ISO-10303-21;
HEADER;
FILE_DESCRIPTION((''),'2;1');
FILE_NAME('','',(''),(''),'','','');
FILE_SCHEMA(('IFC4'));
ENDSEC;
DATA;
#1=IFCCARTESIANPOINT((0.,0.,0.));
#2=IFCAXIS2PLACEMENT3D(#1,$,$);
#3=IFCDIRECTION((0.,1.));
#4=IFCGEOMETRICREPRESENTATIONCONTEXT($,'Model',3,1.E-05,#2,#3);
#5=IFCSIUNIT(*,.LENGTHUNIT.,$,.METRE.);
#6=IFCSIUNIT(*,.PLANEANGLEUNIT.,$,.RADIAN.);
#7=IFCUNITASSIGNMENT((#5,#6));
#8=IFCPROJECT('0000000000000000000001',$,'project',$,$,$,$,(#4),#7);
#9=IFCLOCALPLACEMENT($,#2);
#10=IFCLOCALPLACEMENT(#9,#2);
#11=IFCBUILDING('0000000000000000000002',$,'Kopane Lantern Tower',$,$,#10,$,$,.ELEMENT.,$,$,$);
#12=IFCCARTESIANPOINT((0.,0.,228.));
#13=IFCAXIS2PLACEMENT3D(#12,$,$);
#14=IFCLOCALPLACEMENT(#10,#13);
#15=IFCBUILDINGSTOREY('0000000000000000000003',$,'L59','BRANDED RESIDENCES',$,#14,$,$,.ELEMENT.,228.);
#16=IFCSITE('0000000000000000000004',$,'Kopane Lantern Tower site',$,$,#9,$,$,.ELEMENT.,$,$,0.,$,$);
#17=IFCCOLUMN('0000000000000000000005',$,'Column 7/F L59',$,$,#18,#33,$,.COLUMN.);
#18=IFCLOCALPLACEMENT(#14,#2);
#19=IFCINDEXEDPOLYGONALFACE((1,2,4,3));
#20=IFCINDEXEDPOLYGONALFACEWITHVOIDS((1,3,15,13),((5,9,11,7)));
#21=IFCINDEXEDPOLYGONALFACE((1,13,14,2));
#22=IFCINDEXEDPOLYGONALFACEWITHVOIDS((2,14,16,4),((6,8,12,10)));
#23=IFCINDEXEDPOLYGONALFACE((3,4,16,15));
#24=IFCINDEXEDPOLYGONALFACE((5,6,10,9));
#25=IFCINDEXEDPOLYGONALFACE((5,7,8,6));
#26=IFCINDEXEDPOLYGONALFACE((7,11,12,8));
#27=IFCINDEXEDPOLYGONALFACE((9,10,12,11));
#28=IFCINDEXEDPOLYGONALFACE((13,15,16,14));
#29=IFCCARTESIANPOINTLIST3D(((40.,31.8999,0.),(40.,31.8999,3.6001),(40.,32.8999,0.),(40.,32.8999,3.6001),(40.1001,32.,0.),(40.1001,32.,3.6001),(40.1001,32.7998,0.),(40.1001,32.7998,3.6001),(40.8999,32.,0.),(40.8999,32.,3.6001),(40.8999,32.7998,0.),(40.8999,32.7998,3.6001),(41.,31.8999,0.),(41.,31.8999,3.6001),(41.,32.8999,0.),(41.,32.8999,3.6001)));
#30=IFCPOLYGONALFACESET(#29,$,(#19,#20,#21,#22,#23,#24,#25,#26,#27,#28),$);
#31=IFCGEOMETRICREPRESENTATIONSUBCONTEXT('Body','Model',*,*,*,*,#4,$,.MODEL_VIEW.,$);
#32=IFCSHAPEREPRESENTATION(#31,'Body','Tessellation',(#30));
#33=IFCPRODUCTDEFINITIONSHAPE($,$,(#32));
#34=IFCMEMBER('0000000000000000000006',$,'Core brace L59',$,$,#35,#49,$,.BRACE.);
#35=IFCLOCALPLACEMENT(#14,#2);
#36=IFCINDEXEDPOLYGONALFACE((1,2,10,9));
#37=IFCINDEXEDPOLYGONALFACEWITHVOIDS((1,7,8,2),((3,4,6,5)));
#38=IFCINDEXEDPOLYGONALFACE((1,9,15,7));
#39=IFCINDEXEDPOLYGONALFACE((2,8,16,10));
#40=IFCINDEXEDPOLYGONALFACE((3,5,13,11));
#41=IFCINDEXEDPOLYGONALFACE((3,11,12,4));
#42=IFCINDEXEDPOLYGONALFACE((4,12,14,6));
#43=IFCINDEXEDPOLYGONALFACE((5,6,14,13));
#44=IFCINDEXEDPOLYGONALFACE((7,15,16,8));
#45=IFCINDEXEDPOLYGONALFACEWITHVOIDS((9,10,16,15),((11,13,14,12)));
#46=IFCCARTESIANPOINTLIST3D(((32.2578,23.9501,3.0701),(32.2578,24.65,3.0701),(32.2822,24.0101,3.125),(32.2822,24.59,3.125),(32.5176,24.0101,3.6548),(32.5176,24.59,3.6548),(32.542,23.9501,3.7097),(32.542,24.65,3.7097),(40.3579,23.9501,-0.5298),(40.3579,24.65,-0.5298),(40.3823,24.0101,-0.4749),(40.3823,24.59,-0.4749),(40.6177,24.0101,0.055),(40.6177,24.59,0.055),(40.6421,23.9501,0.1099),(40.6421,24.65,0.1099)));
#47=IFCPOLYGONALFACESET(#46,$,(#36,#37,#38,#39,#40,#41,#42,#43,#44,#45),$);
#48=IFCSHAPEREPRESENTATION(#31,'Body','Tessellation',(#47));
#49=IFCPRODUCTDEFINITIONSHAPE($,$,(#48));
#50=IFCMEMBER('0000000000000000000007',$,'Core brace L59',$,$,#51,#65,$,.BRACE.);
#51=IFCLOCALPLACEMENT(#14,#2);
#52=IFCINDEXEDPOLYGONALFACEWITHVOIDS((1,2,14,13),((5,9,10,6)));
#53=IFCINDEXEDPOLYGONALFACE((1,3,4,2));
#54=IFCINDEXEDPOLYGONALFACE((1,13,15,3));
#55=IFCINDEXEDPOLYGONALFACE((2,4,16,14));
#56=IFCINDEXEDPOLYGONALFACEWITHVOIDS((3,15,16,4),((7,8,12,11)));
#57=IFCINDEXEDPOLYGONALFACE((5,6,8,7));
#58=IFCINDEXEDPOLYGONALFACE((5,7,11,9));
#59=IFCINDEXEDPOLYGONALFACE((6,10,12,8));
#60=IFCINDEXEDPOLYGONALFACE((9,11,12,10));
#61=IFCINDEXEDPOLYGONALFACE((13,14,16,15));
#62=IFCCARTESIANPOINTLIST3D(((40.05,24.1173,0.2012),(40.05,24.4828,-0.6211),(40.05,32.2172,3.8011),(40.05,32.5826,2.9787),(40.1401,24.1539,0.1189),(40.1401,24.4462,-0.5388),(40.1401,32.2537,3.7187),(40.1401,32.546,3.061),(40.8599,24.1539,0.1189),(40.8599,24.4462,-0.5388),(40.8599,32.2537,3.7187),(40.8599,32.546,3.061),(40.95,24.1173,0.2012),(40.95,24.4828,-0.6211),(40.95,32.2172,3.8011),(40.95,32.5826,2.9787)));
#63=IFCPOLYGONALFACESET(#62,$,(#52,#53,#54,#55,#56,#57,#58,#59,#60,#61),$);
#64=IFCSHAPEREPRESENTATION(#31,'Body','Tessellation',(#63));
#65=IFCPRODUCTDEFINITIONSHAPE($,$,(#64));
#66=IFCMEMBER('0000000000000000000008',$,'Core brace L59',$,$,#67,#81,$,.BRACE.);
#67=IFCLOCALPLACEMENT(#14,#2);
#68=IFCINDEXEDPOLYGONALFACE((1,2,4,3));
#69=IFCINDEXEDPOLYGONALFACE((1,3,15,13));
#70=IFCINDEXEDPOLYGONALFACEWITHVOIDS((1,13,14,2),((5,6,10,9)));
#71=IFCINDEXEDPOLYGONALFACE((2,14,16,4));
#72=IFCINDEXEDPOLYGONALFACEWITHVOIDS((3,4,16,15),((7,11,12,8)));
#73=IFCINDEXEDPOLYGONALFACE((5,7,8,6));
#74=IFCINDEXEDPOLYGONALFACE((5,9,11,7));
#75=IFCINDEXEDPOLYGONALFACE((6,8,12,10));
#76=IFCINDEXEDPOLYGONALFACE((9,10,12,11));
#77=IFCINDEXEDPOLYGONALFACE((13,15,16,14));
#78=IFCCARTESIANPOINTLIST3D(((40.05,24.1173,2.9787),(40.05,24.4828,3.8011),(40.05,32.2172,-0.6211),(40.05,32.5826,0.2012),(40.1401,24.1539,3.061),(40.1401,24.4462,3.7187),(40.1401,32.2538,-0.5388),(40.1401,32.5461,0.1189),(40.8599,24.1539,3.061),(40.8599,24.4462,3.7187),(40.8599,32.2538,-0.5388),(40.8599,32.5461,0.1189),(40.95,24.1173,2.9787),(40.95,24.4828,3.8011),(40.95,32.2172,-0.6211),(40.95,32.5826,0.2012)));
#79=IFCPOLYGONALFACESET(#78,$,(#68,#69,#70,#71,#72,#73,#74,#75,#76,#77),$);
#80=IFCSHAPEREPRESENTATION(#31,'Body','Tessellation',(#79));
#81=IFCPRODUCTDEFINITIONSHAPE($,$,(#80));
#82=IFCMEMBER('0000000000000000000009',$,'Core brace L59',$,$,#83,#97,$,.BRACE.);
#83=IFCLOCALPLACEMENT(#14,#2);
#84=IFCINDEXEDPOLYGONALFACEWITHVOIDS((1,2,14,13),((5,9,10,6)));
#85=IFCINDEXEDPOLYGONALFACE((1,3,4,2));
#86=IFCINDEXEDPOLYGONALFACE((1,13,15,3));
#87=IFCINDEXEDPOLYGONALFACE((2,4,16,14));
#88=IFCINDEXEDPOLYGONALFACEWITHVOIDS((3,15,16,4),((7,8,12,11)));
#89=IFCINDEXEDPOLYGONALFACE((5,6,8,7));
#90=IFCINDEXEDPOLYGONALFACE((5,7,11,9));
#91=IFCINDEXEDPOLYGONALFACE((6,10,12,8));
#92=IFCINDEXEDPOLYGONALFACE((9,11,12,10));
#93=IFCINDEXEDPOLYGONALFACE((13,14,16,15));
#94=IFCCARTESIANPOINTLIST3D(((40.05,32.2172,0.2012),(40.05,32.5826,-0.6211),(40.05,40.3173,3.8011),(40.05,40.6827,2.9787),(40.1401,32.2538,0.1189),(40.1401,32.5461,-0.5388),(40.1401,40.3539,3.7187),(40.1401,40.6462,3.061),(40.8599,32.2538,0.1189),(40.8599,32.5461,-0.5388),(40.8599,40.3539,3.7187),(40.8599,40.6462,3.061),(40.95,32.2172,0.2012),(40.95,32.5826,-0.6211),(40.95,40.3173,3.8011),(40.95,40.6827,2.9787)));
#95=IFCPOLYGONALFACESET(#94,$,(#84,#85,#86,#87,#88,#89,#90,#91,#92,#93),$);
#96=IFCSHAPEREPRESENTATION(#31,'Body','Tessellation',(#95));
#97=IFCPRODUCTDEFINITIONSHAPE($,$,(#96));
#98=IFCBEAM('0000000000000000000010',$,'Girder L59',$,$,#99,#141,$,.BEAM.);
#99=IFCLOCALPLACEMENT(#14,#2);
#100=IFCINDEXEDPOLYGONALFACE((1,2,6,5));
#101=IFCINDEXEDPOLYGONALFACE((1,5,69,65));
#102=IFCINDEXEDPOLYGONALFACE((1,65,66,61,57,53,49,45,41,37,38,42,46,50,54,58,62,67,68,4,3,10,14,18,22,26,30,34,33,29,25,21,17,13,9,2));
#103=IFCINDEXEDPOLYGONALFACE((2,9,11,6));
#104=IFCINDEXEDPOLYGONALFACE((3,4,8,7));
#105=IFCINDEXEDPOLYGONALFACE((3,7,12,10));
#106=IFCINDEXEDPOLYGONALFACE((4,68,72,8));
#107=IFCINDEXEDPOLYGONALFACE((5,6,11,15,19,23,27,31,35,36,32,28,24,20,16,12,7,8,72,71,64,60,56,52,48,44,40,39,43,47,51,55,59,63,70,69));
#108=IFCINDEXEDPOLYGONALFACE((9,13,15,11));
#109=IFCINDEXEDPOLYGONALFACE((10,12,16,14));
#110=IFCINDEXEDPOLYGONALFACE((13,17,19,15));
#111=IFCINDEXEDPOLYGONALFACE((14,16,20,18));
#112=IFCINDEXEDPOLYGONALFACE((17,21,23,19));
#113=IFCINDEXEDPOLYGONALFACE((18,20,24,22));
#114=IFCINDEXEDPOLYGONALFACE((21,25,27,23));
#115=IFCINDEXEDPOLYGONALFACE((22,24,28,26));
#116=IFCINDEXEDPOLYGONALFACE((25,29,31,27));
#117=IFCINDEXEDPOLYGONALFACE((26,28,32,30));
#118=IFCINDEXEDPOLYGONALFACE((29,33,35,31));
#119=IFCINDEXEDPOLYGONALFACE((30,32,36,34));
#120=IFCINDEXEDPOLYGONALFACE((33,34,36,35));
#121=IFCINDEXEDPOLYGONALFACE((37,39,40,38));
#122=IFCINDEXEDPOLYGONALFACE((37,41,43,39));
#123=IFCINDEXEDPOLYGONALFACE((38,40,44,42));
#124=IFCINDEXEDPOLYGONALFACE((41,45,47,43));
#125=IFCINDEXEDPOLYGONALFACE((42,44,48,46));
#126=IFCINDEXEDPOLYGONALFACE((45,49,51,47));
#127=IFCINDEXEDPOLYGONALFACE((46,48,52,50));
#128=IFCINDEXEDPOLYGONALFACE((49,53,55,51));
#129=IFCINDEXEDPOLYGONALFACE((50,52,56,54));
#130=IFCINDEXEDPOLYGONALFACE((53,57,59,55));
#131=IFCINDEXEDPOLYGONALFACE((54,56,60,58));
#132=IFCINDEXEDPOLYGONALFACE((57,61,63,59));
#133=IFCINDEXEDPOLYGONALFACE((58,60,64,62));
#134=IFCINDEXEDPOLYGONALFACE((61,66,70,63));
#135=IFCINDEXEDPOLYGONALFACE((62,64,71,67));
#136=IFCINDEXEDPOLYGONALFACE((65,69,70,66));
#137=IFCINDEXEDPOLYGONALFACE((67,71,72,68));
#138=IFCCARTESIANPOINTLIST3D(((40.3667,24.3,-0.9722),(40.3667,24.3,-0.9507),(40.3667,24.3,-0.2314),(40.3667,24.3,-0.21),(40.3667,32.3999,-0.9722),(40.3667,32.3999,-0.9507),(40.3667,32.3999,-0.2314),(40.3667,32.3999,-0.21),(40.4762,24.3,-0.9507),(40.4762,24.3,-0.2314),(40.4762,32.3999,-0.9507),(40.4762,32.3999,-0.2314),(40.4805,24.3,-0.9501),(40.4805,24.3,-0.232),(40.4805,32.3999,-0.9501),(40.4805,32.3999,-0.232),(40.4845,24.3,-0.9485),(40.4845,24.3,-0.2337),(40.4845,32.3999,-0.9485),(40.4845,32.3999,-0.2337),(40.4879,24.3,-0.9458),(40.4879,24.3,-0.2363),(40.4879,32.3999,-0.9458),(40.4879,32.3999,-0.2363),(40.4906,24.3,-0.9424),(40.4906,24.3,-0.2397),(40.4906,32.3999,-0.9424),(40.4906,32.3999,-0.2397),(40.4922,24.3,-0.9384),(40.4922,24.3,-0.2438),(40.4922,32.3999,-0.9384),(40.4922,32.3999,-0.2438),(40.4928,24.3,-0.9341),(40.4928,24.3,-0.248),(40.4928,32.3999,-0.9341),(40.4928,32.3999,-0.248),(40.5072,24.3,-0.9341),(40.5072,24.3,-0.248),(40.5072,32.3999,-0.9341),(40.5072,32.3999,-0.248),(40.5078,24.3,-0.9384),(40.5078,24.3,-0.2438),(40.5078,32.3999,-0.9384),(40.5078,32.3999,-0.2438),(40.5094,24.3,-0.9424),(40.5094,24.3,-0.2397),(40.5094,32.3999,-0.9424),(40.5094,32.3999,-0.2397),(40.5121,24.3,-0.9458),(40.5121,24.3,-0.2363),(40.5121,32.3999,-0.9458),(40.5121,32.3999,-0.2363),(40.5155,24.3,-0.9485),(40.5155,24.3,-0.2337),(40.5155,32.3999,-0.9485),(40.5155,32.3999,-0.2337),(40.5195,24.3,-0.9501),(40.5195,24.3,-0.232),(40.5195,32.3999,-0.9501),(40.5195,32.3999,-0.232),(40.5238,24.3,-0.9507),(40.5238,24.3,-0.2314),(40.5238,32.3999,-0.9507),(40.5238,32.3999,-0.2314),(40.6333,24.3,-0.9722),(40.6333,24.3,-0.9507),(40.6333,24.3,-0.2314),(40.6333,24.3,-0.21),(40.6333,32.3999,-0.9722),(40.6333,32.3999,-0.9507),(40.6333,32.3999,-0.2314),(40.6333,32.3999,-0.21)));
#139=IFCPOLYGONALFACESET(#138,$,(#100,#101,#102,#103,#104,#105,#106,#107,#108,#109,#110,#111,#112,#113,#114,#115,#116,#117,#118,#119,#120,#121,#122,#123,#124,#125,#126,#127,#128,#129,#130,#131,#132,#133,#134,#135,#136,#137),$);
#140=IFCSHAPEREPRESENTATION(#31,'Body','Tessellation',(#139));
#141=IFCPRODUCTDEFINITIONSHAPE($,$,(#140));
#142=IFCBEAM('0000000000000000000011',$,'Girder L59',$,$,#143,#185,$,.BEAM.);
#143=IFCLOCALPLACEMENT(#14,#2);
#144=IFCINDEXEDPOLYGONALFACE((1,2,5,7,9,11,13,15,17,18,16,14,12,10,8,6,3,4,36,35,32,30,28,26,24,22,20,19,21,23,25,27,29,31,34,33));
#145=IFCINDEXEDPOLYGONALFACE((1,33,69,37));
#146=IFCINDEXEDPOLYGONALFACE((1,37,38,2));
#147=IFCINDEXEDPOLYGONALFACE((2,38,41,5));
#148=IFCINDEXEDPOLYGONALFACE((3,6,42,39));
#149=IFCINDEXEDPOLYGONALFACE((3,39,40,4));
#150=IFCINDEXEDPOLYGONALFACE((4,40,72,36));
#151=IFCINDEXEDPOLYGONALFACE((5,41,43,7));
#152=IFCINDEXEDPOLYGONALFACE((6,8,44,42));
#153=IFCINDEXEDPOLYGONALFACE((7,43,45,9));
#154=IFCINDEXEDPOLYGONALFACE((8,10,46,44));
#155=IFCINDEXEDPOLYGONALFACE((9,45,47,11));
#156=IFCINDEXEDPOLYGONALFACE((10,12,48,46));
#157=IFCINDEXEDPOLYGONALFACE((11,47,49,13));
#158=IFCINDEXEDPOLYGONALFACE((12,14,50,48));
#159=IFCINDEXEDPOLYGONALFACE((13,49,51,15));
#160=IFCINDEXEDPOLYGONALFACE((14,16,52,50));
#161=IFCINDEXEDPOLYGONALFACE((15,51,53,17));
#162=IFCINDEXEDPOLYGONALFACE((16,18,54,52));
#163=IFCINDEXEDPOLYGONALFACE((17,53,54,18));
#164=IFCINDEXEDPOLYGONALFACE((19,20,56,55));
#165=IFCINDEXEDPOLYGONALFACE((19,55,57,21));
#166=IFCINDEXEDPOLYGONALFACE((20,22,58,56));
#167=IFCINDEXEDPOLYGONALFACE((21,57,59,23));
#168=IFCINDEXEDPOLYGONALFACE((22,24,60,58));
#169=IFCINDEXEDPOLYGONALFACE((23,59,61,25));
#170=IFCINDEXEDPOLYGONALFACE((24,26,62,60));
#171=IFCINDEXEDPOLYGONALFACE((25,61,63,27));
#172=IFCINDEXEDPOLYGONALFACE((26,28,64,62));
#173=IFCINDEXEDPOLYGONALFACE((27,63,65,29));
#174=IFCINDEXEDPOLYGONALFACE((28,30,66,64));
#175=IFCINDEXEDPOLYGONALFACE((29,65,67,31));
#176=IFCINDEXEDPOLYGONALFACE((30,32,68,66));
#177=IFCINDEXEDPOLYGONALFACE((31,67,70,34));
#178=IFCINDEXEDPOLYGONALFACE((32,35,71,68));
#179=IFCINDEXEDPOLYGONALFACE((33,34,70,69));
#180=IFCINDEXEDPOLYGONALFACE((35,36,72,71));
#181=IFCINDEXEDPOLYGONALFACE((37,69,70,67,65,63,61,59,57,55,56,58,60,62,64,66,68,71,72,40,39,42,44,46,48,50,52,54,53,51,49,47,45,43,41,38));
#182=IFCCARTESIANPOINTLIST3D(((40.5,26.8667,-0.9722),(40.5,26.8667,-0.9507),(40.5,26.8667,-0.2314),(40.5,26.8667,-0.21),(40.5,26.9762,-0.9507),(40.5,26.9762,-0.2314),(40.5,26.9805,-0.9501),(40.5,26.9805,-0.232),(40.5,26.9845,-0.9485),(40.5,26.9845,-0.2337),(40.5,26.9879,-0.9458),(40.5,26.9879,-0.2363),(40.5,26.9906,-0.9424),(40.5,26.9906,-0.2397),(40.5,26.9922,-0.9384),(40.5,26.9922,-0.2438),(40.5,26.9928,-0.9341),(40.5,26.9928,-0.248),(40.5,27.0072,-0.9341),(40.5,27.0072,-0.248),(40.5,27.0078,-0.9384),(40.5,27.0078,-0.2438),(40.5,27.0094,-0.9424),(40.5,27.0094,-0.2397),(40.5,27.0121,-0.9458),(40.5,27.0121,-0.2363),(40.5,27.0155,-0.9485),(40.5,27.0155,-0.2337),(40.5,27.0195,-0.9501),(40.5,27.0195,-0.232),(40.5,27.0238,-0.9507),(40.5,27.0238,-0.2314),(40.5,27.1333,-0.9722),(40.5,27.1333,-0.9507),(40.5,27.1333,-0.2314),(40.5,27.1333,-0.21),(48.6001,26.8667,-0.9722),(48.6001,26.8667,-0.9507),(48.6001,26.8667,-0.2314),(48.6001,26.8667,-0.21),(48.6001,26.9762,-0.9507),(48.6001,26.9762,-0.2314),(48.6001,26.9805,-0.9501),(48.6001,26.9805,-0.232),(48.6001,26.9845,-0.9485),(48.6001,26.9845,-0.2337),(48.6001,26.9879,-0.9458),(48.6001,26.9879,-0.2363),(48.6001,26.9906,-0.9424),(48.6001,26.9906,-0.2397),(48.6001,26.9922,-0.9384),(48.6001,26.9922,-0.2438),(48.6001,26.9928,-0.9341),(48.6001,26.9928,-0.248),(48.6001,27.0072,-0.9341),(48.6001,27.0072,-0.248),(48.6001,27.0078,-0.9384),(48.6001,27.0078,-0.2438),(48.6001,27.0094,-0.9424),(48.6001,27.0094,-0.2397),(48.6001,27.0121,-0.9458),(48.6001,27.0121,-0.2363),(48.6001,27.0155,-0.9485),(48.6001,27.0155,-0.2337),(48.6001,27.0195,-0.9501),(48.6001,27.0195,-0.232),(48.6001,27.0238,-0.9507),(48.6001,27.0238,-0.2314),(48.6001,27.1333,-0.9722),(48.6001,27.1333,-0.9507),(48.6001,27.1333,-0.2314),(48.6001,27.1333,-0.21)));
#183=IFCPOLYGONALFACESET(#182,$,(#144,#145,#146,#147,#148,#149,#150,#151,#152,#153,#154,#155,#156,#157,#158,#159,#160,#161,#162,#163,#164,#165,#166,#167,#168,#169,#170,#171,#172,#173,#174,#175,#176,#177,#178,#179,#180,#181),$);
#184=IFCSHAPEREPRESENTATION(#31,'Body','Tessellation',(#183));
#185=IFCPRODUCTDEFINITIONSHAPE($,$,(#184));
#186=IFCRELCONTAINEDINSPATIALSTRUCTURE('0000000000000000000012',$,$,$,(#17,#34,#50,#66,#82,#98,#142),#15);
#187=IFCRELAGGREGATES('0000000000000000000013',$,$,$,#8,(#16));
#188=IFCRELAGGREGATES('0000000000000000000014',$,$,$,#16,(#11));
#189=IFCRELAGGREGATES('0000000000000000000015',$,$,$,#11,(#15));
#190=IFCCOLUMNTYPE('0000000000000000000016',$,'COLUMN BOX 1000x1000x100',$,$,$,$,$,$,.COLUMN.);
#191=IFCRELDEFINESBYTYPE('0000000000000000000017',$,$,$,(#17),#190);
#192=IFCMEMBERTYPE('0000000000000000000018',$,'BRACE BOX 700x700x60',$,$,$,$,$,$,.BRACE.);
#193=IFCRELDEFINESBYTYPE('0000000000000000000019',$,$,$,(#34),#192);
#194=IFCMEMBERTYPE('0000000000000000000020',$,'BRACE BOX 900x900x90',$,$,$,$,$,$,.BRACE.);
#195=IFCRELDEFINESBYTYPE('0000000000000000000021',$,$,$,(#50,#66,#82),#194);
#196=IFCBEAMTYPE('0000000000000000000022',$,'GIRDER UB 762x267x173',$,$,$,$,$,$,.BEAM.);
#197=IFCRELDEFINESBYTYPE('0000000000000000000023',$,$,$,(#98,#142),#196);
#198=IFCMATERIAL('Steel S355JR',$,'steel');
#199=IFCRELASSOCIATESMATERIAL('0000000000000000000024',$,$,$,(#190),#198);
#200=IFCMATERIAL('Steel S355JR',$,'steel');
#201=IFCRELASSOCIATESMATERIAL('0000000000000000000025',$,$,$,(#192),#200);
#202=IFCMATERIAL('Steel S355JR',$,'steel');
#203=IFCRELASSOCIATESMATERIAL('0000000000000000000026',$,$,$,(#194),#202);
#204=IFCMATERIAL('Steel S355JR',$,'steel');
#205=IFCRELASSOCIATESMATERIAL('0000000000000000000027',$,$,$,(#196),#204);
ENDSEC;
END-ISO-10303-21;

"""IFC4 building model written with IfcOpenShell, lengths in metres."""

from ifc_helpers import new_model, si_unit, direction, frame, origin, origin_2d, place, context, subcontext, project, spatial, hollow_rectangle, i_section, extrude, material, material_profile, profile_set, type_object, element, save


model = new_model("IFC4")

# Units and contexts
model_context = context("Model", 3, precision=1e-05, world=origin(), true_north=direction((0.0, 1.0)))
body_context = subcontext(model_context, "Body", "Model", "MODEL_VIEW")
ifc_project = project(units=[si_unit("LENGTHUNIT", "METRE"), si_unit("PLANEANGLEUNIT", "RADIAN")], contexts=[model_context])

# Site, building, storey
site_placement = place(None, origin())
site = spatial("IfcSite", under=ifc_project, at=site_placement, Name="Kopane Lantern Tower site", CompositionType="ELEMENT", RefElevation=0.0)
building_placement = place(site_placement, origin())
building = spatial("IfcBuilding", under=site, at=building_placement, Name="Kopane Lantern Tower", CompositionType="ELEMENT")
storey_placement = place(building_placement, frame((0.0, 0.0, 228.0)))
storey = spatial("IfcBuildingStorey", under=building, at=storey_placement, Name="L59", Description="BRANDED RESIDENCES", CompositionType="ELEMENT", Elevation=228.0)

# Column
ifc_material_1 = material(Name="Steel S355JR", Category="steel")
ifc_material_profile_1 = material_profile(ifc_material_1, hollow_rectangle(XDim=1.0, YDim=1.0, WallThickness=0.1001, at=origin_2d()), Name="BOX 1000x1000x100")
ifc_profile_set_1 = profile_set([ifc_material_profile_1], Name="Steel S355JR")
column_type = type_object("IfcColumnType", Name="COLUMN BOX 1000x1000x100", PredefinedType="COLUMN", material=ifc_profile_set_1)
column_placement = place(storey_placement, frame((40.5, 32.3999, 0.0), z_axis=(0.0, 0.0, 1.0), x_axis=(1.0, 0.0, 0.0)))
element("IfcColumn", 1, at=column_placement, inside=storey, type_object=column_type, Name="Column 7/F L59", PredefinedType="COLUMN", context=body_context, shape_type="SweptSolid", body=[
    extrude(hollow_rectangle(XDim=1.0, YDim=1.0, WallThickness=0.1001, at=origin_2d()), origin(), (0.0, 0.0, 1.0), 3.6001),
])

# Members
ifc_material_2 = material(Name="Steel S355JR", Category="steel")
ifc_material_profile_2 = material_profile(ifc_material_2, hollow_rectangle(XDim=0.7, YDim=0.7, WallThickness=0.0601, at=origin_2d()), Name="BOX 700x700x60")
ifc_profile_set_2 = profile_set([ifc_material_profile_2], Name="Steel S355JR")
member_type_1 = type_object("IfcMemberType", Name="BRACE BOX 700x700x60", PredefinedType="BRACE", material=ifc_profile_set_2)
member_1_placement = place(storey_placement, frame((40.5, 24.3, -0.21), z_axis=(-0.913819, 0.0, 0.406121), x_axis=(0.0, -1.0, 0.0)))
element("IfcMember", 2, at=member_1_placement, inside=storey, type_object=member_type_1, Name="Core brace L59", PredefinedType="BRACE", context=body_context, shape_type="SweptSolid", body=[
    extrude(hollow_rectangle(XDim=0.7, YDim=0.7, WallThickness=0.0601, at=origin_2d()), origin(), (0.0, 0.0, 1.0), 8.864),
])
ifc_material_3 = material(Name="Steel S355JR", Category="steel")
ifc_material_profile_3 = material_profile(ifc_material_3, hollow_rectangle(XDim=0.8999, YDim=0.8999, WallThickness=0.0901, at=origin_2d()), Name="BOX 900x900x90")
ifc_profile_set_3 = profile_set([ifc_material_profile_3], Name="Steel S355JR")
member_type_2 = type_object("IfcMemberType", Name="BRACE BOX 900x900x90", PredefinedType="BRACE", material=ifc_profile_set_3)
for number, where, z_axis, x_axis, name in (
    (3, (40.5, 24.3, -0.21), (0.0, 0.913815, 0.406131), (-1.0, 0.0, 0.0), "Core brace L59"),
    (4, (40.5, 32.3999, -0.21), (0.0, -0.913815, 0.406131), (1.0, 0.0, 0.0), "Core brace L59"),
):
    element("IfcMember", number, at=place(storey_placement, frame(where, z_axis=z_axis, x_axis=x_axis)), inside=storey, type_object=member_type_2, Name=name, PredefinedType="BRACE", context=body_context, shape_type="SweptSolid", body=[
        extrude(hollow_rectangle(XDim=0.8999, YDim=0.8999, WallThickness=0.0901, at=origin_2d()), origin(), (0.0, 0.0, 1.0), 8.8638),
    ])
member_2_placement = place(storey_placement, frame((40.5, 32.3999, -0.21), z_axis=(0.0, 0.913819, 0.406121), x_axis=(-1.0, 0.0, 0.0)))
element("IfcMember", 5, at=member_2_placement, inside=storey, type_object=member_type_2, Name="Core brace L59", PredefinedType="BRACE", context=body_context, shape_type="SweptSolid", body=[
    extrude(hollow_rectangle(XDim=0.8999, YDim=0.8999, WallThickness=0.0901, at=origin_2d()), origin(), (0.0, 0.0, 1.0), 8.864),
])

# Beams
ifc_material_4 = material(Name="Steel S355JR", Category="steel")
ifc_material_profile_4 = material_profile(ifc_material_4, i_section(OverallWidth=0.2666, OverallDepth=0.7622, WebThickness=0.0144, FlangeThickness=0.0215, FilletRadius=0.0166, at=origin_2d()), Name="UB 762x267x173")
ifc_profile_set_4 = profile_set([ifc_material_profile_4], Name="Steel S355JR")
beam_type = type_object("IfcBeamType", Name="GIRDER UB 762x267x173", PredefinedType="BEAM", material=ifc_profile_set_4)
beam_placement = place(storey_placement, frame((40.5, 24.3, -0.5911), z_axis=(0.0, 1.0, 0.0), x_axis=(-1.0, 0.0, 0.0)))
element("IfcBeam", 6, at=beam_placement, inside=storey, type_object=beam_type, Name="Girder L59", PredefinedType="BEAM", context=body_context, shape_type="SweptSolid", body=[
    extrude(i_section(OverallWidth=0.2666, OverallDepth=0.7622, WebThickness=0.0144, FlangeThickness=0.0215, FilletRadius=0.0166, at=origin_2d()), origin(), (0.0, 0.0, 1.0), 8.0999),
])
for number, where, z_axis, x_axis, name in (
    (7, (40.5, 27.0, -0.5911), (1.0, 0.0, 0.0), (0.0, 1.0, 0.0), "Girder L59"),
):
    element("IfcBeam", number, at=place(storey_placement, frame(where, z_axis=z_axis, x_axis=x_axis)), inside=storey, type_object=beam_type, Name=name, PredefinedType="BEAM", context=body_context, shape_type="SweptSolid", body=[
        extrude(i_section(OverallWidth=0.2666, OverallDepth=0.7622, WebThickness=0.0144, FlangeThickness=0.0215, FilletRadius=0.0166, at=origin_2d()), origin(), (0.0, 0.0, 1.0), 8.1001),
    ])

save(model, "model.ifc")
